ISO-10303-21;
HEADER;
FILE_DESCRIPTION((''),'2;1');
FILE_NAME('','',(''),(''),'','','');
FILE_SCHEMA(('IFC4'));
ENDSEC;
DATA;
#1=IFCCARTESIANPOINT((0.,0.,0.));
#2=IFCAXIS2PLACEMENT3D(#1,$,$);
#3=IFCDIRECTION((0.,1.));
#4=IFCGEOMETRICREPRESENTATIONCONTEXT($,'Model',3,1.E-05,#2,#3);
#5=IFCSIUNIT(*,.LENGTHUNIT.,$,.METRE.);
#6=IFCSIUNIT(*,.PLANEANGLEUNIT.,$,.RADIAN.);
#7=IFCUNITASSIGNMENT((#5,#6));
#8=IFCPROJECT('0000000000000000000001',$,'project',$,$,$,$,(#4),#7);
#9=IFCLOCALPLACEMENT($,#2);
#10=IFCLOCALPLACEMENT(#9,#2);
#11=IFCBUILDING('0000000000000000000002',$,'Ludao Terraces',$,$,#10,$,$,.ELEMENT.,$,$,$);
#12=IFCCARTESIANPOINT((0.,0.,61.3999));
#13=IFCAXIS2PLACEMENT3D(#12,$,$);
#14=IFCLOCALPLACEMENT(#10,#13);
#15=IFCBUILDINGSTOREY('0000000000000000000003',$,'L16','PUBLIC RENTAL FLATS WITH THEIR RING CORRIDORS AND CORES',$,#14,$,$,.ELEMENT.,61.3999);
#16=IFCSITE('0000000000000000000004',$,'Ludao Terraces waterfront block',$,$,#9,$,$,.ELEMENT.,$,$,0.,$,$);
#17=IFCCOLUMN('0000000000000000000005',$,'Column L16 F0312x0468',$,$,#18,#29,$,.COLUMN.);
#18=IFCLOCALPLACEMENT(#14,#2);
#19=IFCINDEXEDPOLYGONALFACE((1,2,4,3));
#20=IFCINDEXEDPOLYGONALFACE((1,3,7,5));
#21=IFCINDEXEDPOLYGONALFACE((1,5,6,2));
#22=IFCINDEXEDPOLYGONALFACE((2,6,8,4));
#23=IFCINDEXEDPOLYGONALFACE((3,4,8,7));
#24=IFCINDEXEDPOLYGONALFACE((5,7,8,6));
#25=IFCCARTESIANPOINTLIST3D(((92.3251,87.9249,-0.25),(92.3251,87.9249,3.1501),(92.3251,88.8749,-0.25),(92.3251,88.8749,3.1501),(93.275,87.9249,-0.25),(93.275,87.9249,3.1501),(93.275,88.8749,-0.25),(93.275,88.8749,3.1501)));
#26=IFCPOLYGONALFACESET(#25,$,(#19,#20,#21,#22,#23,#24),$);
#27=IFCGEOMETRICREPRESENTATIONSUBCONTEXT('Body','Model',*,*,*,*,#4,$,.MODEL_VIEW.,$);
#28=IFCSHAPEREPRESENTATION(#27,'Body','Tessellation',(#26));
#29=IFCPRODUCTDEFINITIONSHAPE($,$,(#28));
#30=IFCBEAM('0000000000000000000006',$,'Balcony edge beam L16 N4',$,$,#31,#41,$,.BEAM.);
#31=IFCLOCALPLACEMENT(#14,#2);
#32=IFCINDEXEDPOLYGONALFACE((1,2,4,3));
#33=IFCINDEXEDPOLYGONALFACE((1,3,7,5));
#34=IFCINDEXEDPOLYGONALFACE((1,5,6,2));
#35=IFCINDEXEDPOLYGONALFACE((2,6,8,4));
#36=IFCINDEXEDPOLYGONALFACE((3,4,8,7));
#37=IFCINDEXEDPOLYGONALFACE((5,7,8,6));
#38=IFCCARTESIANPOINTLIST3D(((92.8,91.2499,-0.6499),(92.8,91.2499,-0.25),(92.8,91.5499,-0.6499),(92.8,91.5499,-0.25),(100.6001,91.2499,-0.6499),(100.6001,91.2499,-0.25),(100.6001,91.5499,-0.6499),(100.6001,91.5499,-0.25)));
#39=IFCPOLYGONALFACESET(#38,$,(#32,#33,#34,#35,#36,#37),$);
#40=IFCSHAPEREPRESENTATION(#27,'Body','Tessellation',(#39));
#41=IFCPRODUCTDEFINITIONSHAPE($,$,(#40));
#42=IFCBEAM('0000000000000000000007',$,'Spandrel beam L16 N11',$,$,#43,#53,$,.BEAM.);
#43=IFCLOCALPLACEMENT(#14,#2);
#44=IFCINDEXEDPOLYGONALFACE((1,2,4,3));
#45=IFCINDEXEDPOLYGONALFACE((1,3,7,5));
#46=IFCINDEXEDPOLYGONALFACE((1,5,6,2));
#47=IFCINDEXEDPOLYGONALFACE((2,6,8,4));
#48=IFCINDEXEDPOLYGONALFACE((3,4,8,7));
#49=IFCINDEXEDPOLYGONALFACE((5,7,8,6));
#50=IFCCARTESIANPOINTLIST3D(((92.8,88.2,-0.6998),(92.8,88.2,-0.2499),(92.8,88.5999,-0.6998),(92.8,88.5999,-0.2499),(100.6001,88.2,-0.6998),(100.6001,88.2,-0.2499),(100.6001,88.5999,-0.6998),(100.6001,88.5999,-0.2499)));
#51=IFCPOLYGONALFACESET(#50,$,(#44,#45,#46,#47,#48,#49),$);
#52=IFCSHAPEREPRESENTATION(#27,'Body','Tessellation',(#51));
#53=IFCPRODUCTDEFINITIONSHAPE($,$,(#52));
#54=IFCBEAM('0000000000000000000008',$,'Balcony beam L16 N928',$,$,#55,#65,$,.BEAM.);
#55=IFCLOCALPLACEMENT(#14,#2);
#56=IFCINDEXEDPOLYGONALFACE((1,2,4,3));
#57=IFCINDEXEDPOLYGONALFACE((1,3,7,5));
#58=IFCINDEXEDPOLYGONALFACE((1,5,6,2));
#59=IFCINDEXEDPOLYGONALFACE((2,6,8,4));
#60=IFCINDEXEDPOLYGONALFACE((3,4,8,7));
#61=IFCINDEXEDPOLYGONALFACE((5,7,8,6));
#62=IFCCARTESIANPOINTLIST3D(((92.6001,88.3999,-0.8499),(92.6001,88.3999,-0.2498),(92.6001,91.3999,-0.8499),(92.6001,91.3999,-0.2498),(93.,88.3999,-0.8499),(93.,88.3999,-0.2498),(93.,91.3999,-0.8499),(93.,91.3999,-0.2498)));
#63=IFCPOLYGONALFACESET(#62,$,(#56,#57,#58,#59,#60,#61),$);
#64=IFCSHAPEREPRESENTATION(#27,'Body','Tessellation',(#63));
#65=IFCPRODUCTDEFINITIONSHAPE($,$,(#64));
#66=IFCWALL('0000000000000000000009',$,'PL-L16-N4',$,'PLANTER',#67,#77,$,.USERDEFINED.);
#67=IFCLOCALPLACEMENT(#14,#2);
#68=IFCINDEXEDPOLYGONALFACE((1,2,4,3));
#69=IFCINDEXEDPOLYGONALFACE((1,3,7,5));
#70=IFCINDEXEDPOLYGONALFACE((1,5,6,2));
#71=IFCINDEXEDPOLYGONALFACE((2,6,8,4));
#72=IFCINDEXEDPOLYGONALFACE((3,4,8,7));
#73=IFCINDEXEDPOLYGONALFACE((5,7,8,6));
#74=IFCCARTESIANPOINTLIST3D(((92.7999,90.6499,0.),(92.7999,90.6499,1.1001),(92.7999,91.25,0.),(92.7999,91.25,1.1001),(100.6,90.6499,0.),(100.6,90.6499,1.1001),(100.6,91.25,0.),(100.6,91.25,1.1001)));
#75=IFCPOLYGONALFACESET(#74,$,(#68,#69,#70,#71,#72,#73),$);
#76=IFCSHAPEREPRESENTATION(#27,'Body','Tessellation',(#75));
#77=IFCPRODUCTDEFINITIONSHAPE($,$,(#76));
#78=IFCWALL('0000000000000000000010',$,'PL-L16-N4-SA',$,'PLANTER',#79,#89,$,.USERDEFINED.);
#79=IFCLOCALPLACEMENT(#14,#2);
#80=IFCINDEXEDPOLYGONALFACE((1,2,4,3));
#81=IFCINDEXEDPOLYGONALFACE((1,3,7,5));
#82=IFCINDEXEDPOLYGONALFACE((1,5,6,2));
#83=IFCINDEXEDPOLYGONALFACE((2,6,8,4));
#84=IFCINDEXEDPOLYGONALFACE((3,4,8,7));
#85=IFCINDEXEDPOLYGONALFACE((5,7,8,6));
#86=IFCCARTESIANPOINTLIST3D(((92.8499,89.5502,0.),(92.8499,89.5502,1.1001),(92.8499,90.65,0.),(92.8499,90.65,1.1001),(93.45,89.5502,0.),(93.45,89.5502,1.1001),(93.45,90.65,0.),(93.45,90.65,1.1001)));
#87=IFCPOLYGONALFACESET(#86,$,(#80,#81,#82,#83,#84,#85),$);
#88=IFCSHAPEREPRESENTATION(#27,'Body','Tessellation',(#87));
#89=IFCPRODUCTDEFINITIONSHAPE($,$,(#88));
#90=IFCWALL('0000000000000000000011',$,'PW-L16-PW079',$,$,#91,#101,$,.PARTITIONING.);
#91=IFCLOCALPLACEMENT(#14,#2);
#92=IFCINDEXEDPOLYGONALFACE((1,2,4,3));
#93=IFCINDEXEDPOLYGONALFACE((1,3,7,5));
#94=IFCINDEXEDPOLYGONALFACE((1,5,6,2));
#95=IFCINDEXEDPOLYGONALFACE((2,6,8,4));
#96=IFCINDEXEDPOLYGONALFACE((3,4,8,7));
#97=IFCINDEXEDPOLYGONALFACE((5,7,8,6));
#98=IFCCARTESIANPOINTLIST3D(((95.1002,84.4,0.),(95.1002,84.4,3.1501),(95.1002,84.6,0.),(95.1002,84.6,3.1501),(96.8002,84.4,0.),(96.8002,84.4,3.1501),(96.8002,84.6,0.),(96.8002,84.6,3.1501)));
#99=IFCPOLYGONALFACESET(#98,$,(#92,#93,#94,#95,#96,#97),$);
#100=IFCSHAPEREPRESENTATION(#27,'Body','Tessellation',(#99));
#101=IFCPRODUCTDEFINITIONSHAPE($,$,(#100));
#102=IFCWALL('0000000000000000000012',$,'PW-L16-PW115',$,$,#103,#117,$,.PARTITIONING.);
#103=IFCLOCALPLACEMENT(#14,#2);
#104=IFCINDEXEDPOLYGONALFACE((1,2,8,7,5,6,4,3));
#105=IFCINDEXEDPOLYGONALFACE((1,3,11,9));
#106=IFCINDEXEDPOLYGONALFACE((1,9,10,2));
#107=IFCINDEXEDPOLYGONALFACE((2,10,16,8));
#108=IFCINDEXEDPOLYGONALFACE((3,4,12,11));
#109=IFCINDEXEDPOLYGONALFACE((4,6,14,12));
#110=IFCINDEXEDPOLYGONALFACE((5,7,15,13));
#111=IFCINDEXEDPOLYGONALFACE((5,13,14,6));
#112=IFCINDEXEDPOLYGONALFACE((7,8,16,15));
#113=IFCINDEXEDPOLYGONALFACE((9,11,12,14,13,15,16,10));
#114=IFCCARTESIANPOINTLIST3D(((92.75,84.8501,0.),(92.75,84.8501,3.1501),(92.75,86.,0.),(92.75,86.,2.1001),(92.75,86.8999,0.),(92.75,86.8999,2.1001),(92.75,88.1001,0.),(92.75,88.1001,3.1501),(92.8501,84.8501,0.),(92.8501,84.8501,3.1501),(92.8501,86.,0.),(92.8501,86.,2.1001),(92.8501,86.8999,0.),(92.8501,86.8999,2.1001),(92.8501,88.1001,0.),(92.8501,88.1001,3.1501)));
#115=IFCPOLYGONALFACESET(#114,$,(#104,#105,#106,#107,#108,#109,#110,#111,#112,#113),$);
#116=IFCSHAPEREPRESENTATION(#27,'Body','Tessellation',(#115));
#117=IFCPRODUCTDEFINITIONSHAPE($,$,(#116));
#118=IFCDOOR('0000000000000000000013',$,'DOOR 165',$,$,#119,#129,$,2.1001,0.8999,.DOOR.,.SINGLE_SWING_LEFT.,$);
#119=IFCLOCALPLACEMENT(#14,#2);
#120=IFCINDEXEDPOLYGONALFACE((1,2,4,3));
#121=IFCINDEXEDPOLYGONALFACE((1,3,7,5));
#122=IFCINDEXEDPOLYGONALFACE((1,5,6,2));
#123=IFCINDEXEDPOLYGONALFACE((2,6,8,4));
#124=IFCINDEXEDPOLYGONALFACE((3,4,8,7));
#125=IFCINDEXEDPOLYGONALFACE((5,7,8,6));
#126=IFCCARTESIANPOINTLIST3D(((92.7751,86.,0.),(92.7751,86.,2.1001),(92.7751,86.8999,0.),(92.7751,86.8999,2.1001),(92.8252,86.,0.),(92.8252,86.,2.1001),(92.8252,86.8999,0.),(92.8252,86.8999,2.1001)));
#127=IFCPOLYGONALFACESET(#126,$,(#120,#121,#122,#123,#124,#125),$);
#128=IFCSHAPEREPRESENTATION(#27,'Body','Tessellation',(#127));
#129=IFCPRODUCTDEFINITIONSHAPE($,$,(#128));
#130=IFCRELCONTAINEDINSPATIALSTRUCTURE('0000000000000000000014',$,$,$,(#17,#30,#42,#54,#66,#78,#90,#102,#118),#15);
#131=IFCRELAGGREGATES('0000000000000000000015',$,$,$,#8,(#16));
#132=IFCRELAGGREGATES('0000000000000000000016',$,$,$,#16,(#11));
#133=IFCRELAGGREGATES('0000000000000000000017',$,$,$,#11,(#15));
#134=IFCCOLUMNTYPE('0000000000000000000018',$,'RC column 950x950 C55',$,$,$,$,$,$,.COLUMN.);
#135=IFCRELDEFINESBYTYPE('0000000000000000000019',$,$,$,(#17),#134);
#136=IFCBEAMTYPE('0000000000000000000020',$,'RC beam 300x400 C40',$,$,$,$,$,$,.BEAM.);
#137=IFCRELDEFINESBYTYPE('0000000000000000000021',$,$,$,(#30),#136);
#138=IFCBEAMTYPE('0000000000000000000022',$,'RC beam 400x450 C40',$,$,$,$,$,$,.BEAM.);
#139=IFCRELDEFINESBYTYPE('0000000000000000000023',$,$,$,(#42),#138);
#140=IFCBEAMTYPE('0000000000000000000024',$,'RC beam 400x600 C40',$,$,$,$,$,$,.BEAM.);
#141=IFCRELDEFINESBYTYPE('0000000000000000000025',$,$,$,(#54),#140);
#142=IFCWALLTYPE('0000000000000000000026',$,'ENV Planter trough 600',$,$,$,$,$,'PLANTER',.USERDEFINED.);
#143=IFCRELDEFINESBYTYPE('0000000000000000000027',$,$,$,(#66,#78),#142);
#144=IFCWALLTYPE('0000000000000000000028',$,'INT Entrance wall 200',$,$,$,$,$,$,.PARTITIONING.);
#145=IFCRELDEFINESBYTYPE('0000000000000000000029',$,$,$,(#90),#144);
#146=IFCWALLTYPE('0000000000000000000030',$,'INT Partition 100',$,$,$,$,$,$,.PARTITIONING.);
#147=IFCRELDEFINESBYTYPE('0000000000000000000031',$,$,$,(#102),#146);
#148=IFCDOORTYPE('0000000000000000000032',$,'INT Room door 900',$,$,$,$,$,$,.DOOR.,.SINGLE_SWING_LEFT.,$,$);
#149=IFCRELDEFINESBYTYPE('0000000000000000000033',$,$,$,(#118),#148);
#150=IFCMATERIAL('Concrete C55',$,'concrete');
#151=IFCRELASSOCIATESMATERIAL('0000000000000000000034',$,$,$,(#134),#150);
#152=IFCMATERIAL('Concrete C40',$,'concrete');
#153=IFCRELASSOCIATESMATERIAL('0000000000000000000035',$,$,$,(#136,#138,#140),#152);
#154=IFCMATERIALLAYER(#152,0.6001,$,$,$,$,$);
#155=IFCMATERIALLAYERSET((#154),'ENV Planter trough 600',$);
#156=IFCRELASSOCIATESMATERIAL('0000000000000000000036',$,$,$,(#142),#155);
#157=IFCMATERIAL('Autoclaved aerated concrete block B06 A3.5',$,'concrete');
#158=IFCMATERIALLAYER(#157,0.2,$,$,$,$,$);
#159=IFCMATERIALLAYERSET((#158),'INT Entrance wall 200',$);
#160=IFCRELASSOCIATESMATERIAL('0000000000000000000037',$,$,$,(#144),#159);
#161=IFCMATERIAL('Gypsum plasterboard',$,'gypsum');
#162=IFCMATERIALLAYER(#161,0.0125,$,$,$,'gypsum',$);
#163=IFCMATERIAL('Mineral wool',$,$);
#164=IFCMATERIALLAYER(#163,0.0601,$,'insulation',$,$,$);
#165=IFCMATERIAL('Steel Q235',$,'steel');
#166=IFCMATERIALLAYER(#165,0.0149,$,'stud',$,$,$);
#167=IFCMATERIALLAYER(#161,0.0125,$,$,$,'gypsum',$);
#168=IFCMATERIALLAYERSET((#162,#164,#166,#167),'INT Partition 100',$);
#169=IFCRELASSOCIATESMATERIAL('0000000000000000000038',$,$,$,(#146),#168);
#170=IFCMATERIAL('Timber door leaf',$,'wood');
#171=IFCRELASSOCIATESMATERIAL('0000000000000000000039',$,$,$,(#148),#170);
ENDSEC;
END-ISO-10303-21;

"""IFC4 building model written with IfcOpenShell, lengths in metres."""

from ifc_helpers import new_model, si_unit, direction, frame, frame_2d, origin, origin_2d, place, context, subcontext, project, spatial, rectangle, extrude, material, layer, layer_set, material_profile, profile_set, type_object, element, fill, save


model = new_model("IFC4")

# Units and contexts
model_context = context("Model", 3, precision=1e-05, world=origin(), true_north=direction((0.0, 1.0)))
body_context = subcontext(model_context, "Body", "Model", "MODEL_VIEW")
ifc_project = project(units=[si_unit("LENGTHUNIT", "METRE"), si_unit("PLANEANGLEUNIT", "RADIAN")], contexts=[model_context])

# Site, building, storey
site_placement = place(None, origin())
site = spatial("IfcSite", under=ifc_project, at=site_placement, Name="Ludao Terraces waterfront block", CompositionType="ELEMENT", RefElevation=0.0)
building_placement = place(site_placement, origin())
building = spatial("IfcBuilding", under=site, at=building_placement, Name="Ludao Terraces", CompositionType="ELEMENT")
storey_placement = place(building_placement, frame((0.0, 0.0, 61.3999)))
storey = spatial("IfcBuildingStorey", under=building, at=storey_placement, Name="L16", Description="PUBLIC RENTAL FLATS WITH THEIR RING CORRIDORS AND CORES", CompositionType="ELEMENT", Elevation=61.3999)

# Column
ifc_material_1 = material(Name="Concrete C55", Category="concrete")
ifc_material_profile_1 = material_profile(ifc_material_1, rectangle(XDim=0.95, YDim=0.95, at=origin_2d()), Name="950 X 950")
ifc_profile_set_1 = profile_set([ifc_material_profile_1], Name="Concrete C55")
column_type = type_object("IfcColumnType", Name="RC column 950x950 C55", PredefinedType="COLUMN", material=ifc_profile_set_1)
column_placement = place(storey_placement, frame((92.8, 88.3999, -0.25), z_axis=(0.0, 0.0, 1.0), x_axis=(1.0, 0.0, 0.0)))
element("IfcColumn", 1, at=column_placement, inside=storey, type_object=column_type, Name="Column L16 F0312x0468", PredefinedType="COLUMN", context=body_context, shape_type="SweptSolid", body=[
    extrude(rectangle(XDim=0.95, YDim=0.95, at=origin_2d()), origin(), (0.0, 0.0, 1.0), 3.4001),
])

# Beams
ifc_material_2 = material(Name="Concrete C40", Category="concrete")
ifc_material_profile_2 = material_profile(ifc_material_2, rectangle(XDim=0.3, YDim=0.3999, at=origin_2d()), Name="300 X 400")
ifc_profile_set_2 = profile_set([ifc_material_profile_2], Name="Concrete C40")
beam_type_1 = type_object("IfcBeamType", Name="RC beam 300x400 C40", PredefinedType="BEAM", material=ifc_profile_set_2)
beam_1_placement = place(storey_placement, frame((92.8, 91.3999, -0.45), z_axis=(1.0, 0.0, 0.0), x_axis=(0.0, 1.0, 0.0)))
element("IfcBeam", 2, at=beam_1_placement, inside=storey, type_object=beam_type_1, Name="Balcony edge beam L16 N4", PredefinedType="BEAM", context=body_context, shape_type="SweptSolid", body=[
    extrude(rectangle(XDim=0.3, YDim=0.3999, at=origin_2d()), origin(), (0.0, 0.0, 1.0), 7.8),
])
ifc_material_profile_3 = material_profile(ifc_material_2, rectangle(XDim=0.3999, YDim=0.45, at=origin_2d()), Name="400 X 450")
ifc_profile_set_3 = profile_set([ifc_material_profile_3], Name="Concrete C40")
beam_type_2 = type_object("IfcBeamType", Name="RC beam 400x450 C40", PredefinedType="BEAM", material=ifc_profile_set_3)
beam_2_placement = place(storey_placement, frame((92.8, 88.3999, -0.4749), z_axis=(1.0, 0.0, 0.0), x_axis=(0.0, 1.0, 0.0)))
element("IfcBeam", 3, at=beam_2_placement, inside=storey, type_object=beam_type_2, Name="Spandrel beam L16 N11", PredefinedType="BEAM", context=body_context, shape_type="SweptSolid", body=[
    extrude(rectangle(XDim=0.3999, YDim=0.45, at=origin_2d()), origin(), (0.0, 0.0, 1.0), 7.8),
])
ifc_material_profile_4 = material_profile(ifc_material_2, rectangle(XDim=0.3999, YDim=0.6001, at=origin_2d()), Name="400 X 600")
ifc_profile_set_4 = profile_set([ifc_material_profile_4], Name="Concrete C40")
beam_type_3 = type_object("IfcBeamType", Name="RC beam 400x600 C40", PredefinedType="BEAM", material=ifc_profile_set_4)
beam_3_placement = place(storey_placement, frame((92.8, 88.3999, -0.5498), z_axis=(0.0, 1.0, 0.0), x_axis=(-1.0, 0.0, 0.0)))
element("IfcBeam", 4, at=beam_3_placement, inside=storey, type_object=beam_type_3, Name="Balcony beam L16 N928", PredefinedType="BEAM", context=body_context, shape_type="SweptSolid", body=[
    extrude(rectangle(XDim=0.3999, YDim=0.6001, at=origin_2d()), origin(), (0.0, 0.0, 1.0), 3.0),
])

# Walls
ifc_layer_1 = layer(ifc_material_2, 0.6001)
ifc_layer_set_1 = layer_set([ifc_layer_1], Name="ENV Planter trough 600")
wall_type_1 = type_object("IfcWallType", Name="ENV Planter trough 600", ElementType="PLANTER", PredefinedType="USERDEFINED", material=ifc_layer_set_1)
wall_1_placement = place(storey_placement, frame((92.8, 90.95, 0.0), z_axis=(0.0, 0.0, 1.0), x_axis=(1.0, 0.0, 0.0)))
element("IfcWall", 5, at=wall_1_placement, inside=storey, type_object=wall_type_1, Name="PL-L16-N4", ObjectType="PLANTER", PredefinedType="USERDEFINED", context=body_context, shape_type="SweptSolid", body=[
    extrude(rectangle(XDim=7.8, YDim=0.6001, at=frame_2d((3.8999, 0.0))), origin(), (0.0, 0.0, 1.0), 1.1001),
])
wall_2_placement = place(storey_placement, frame((93.1499, 90.6499, 0.0), z_axis=(0.0, 0.0, 1.0), x_axis=(0.0, -1.0, 0.0)))
element("IfcWall", 6, at=wall_2_placement, inside=storey, type_object=wall_type_1, Name="PL-L16-N4-SA", ObjectType="PLANTER", PredefinedType="USERDEFINED", context=body_context, shape_type="SweptSolid", body=[
    extrude(rectangle(XDim=1.0999, YDim=0.6001, at=frame_2d((0.5498, 0.0))), origin(), (0.0, 0.0, 1.0), 1.1001),
])

# Shared definitions
ifc_material_3 = material(Name="Mineral wool")

# Wall
ifc_material_4 = material(Name="Autoclaved aerated concrete block B06 A3.5", Category="concrete")
ifc_layer_2 = layer(ifc_material_4, 0.2)
ifc_layer_set_2 = layer_set([ifc_layer_2], Name="INT Entrance wall 200")
wall_type_2 = type_object("IfcWallType", Name="INT Entrance wall 200", PredefinedType="PARTITIONING", material=ifc_layer_set_2)
wall_3_placement = place(storey_placement, frame((95.1001, 84.5, 0.0), z_axis=(0.0, 0.0, 1.0), x_axis=(1.0, 0.0, 0.0)))
element("IfcWall", 7, at=wall_3_placement, inside=storey, type_object=wall_type_2, Name="PW-L16-PW079", PredefinedType="PARTITIONING", context=body_context, shape_type="SweptSolid", body=[
    extrude(rectangle(XDim=1.7, YDim=0.2, at=frame_2d((0.8501, 0.0))), origin(), (0.0, 0.0, 1.0), 3.1501),
])

# Wall, opening, door
ifc_material_5 = material(Name="Gypsum plasterboard", Category="gypsum")
ifc_layer_3 = layer(ifc_material_5, 0.0125, Category="gypsum")
ifc_layer_4 = layer(ifc_material_3, 0.0601, Name="insulation")
ifc_material_6 = material(Name="Steel Q235", Category="steel")
ifc_layer_5 = layer(ifc_material_6, 0.0149, Name="stud")
ifc_layer_6 = layer(ifc_material_5, 0.0125, Category="gypsum")
ifc_layer_set_3 = layer_set([ifc_layer_3, ifc_layer_4, ifc_layer_5, ifc_layer_6], Name="INT Partition 100")
wall_type_3 = type_object("IfcWallType", Name="INT Partition 100", PredefinedType="PARTITIONING", material=ifc_layer_set_3)
wall_4_placement = place(storey_placement, frame((92.8, 84.8501, 0.0), z_axis=(0.0, 0.0, 1.0), x_axis=(0.0, 1.0, 0.0)))
wall_4 = element("IfcWall", 8, at=wall_4_placement, inside=storey, type_object=wall_type_3, Name="PW-L16-PW115", PredefinedType="PARTITIONING", context=body_context, shape_type="SweptSolid", body=[
    extrude(rectangle(XDim=3.25, YDim=0.1001, at=frame_2d((1.625, 0.0))), origin(), (0.0, 0.0, 1.0), 3.1501),
])
opening_1_placement = place(wall_4_placement, frame((1.1499, 0.0, 0.0)))
opening_1 = element("IfcOpeningElement", 9, at=opening_1_placement, cuts=wall_4, PredefinedType="OPENING", context=body_context, shape_type="SweptSolid", body=[
    extrude(rectangle(XDim=0.8999, YDim=2.1001, at=frame_2d((0.45, 1.05))), frame((0.0, 0.0601, 0.0), z_axis=(0.0, -1.0, 0.0), x_axis=(1.0, 0.0, 0.0)), (0.0, 0.0, 1.0), 0.1201),
])
ifc_material_7 = material(Name="Timber door leaf", Category="wood")
door_type_1 = type_object("IfcDoorType", Name="INT Room door 900", OperationType="SINGLE_SWING_LEFT", PredefinedType="DOOR", material=ifc_material_7)
door_1_placement = place(opening_1_placement, origin())
door_1 = element("IfcDoor", 10, at=door_1_placement, inside=storey, type_object=door_type_1, Name="DOOR 165", OperationType="SINGLE_SWING_LEFT", OverallHeight=2.1001, OverallWidth=0.8999, PredefinedType="DOOR", context=body_context, shape_type="SweptSolid", body=[
    extrude(rectangle(XDim=0.8999, YDim=2.1001, at=frame_2d((0.45, 1.05))), frame((0.0, 0.0249, 0.0), z_axis=(0.0, -1.0, 0.0), x_axis=(1.0, 0.0, 0.0)), (0.0, 0.0, 1.0), 0.05),
])
fill(opening_1, door_1)

save(model, "model.ifc")
